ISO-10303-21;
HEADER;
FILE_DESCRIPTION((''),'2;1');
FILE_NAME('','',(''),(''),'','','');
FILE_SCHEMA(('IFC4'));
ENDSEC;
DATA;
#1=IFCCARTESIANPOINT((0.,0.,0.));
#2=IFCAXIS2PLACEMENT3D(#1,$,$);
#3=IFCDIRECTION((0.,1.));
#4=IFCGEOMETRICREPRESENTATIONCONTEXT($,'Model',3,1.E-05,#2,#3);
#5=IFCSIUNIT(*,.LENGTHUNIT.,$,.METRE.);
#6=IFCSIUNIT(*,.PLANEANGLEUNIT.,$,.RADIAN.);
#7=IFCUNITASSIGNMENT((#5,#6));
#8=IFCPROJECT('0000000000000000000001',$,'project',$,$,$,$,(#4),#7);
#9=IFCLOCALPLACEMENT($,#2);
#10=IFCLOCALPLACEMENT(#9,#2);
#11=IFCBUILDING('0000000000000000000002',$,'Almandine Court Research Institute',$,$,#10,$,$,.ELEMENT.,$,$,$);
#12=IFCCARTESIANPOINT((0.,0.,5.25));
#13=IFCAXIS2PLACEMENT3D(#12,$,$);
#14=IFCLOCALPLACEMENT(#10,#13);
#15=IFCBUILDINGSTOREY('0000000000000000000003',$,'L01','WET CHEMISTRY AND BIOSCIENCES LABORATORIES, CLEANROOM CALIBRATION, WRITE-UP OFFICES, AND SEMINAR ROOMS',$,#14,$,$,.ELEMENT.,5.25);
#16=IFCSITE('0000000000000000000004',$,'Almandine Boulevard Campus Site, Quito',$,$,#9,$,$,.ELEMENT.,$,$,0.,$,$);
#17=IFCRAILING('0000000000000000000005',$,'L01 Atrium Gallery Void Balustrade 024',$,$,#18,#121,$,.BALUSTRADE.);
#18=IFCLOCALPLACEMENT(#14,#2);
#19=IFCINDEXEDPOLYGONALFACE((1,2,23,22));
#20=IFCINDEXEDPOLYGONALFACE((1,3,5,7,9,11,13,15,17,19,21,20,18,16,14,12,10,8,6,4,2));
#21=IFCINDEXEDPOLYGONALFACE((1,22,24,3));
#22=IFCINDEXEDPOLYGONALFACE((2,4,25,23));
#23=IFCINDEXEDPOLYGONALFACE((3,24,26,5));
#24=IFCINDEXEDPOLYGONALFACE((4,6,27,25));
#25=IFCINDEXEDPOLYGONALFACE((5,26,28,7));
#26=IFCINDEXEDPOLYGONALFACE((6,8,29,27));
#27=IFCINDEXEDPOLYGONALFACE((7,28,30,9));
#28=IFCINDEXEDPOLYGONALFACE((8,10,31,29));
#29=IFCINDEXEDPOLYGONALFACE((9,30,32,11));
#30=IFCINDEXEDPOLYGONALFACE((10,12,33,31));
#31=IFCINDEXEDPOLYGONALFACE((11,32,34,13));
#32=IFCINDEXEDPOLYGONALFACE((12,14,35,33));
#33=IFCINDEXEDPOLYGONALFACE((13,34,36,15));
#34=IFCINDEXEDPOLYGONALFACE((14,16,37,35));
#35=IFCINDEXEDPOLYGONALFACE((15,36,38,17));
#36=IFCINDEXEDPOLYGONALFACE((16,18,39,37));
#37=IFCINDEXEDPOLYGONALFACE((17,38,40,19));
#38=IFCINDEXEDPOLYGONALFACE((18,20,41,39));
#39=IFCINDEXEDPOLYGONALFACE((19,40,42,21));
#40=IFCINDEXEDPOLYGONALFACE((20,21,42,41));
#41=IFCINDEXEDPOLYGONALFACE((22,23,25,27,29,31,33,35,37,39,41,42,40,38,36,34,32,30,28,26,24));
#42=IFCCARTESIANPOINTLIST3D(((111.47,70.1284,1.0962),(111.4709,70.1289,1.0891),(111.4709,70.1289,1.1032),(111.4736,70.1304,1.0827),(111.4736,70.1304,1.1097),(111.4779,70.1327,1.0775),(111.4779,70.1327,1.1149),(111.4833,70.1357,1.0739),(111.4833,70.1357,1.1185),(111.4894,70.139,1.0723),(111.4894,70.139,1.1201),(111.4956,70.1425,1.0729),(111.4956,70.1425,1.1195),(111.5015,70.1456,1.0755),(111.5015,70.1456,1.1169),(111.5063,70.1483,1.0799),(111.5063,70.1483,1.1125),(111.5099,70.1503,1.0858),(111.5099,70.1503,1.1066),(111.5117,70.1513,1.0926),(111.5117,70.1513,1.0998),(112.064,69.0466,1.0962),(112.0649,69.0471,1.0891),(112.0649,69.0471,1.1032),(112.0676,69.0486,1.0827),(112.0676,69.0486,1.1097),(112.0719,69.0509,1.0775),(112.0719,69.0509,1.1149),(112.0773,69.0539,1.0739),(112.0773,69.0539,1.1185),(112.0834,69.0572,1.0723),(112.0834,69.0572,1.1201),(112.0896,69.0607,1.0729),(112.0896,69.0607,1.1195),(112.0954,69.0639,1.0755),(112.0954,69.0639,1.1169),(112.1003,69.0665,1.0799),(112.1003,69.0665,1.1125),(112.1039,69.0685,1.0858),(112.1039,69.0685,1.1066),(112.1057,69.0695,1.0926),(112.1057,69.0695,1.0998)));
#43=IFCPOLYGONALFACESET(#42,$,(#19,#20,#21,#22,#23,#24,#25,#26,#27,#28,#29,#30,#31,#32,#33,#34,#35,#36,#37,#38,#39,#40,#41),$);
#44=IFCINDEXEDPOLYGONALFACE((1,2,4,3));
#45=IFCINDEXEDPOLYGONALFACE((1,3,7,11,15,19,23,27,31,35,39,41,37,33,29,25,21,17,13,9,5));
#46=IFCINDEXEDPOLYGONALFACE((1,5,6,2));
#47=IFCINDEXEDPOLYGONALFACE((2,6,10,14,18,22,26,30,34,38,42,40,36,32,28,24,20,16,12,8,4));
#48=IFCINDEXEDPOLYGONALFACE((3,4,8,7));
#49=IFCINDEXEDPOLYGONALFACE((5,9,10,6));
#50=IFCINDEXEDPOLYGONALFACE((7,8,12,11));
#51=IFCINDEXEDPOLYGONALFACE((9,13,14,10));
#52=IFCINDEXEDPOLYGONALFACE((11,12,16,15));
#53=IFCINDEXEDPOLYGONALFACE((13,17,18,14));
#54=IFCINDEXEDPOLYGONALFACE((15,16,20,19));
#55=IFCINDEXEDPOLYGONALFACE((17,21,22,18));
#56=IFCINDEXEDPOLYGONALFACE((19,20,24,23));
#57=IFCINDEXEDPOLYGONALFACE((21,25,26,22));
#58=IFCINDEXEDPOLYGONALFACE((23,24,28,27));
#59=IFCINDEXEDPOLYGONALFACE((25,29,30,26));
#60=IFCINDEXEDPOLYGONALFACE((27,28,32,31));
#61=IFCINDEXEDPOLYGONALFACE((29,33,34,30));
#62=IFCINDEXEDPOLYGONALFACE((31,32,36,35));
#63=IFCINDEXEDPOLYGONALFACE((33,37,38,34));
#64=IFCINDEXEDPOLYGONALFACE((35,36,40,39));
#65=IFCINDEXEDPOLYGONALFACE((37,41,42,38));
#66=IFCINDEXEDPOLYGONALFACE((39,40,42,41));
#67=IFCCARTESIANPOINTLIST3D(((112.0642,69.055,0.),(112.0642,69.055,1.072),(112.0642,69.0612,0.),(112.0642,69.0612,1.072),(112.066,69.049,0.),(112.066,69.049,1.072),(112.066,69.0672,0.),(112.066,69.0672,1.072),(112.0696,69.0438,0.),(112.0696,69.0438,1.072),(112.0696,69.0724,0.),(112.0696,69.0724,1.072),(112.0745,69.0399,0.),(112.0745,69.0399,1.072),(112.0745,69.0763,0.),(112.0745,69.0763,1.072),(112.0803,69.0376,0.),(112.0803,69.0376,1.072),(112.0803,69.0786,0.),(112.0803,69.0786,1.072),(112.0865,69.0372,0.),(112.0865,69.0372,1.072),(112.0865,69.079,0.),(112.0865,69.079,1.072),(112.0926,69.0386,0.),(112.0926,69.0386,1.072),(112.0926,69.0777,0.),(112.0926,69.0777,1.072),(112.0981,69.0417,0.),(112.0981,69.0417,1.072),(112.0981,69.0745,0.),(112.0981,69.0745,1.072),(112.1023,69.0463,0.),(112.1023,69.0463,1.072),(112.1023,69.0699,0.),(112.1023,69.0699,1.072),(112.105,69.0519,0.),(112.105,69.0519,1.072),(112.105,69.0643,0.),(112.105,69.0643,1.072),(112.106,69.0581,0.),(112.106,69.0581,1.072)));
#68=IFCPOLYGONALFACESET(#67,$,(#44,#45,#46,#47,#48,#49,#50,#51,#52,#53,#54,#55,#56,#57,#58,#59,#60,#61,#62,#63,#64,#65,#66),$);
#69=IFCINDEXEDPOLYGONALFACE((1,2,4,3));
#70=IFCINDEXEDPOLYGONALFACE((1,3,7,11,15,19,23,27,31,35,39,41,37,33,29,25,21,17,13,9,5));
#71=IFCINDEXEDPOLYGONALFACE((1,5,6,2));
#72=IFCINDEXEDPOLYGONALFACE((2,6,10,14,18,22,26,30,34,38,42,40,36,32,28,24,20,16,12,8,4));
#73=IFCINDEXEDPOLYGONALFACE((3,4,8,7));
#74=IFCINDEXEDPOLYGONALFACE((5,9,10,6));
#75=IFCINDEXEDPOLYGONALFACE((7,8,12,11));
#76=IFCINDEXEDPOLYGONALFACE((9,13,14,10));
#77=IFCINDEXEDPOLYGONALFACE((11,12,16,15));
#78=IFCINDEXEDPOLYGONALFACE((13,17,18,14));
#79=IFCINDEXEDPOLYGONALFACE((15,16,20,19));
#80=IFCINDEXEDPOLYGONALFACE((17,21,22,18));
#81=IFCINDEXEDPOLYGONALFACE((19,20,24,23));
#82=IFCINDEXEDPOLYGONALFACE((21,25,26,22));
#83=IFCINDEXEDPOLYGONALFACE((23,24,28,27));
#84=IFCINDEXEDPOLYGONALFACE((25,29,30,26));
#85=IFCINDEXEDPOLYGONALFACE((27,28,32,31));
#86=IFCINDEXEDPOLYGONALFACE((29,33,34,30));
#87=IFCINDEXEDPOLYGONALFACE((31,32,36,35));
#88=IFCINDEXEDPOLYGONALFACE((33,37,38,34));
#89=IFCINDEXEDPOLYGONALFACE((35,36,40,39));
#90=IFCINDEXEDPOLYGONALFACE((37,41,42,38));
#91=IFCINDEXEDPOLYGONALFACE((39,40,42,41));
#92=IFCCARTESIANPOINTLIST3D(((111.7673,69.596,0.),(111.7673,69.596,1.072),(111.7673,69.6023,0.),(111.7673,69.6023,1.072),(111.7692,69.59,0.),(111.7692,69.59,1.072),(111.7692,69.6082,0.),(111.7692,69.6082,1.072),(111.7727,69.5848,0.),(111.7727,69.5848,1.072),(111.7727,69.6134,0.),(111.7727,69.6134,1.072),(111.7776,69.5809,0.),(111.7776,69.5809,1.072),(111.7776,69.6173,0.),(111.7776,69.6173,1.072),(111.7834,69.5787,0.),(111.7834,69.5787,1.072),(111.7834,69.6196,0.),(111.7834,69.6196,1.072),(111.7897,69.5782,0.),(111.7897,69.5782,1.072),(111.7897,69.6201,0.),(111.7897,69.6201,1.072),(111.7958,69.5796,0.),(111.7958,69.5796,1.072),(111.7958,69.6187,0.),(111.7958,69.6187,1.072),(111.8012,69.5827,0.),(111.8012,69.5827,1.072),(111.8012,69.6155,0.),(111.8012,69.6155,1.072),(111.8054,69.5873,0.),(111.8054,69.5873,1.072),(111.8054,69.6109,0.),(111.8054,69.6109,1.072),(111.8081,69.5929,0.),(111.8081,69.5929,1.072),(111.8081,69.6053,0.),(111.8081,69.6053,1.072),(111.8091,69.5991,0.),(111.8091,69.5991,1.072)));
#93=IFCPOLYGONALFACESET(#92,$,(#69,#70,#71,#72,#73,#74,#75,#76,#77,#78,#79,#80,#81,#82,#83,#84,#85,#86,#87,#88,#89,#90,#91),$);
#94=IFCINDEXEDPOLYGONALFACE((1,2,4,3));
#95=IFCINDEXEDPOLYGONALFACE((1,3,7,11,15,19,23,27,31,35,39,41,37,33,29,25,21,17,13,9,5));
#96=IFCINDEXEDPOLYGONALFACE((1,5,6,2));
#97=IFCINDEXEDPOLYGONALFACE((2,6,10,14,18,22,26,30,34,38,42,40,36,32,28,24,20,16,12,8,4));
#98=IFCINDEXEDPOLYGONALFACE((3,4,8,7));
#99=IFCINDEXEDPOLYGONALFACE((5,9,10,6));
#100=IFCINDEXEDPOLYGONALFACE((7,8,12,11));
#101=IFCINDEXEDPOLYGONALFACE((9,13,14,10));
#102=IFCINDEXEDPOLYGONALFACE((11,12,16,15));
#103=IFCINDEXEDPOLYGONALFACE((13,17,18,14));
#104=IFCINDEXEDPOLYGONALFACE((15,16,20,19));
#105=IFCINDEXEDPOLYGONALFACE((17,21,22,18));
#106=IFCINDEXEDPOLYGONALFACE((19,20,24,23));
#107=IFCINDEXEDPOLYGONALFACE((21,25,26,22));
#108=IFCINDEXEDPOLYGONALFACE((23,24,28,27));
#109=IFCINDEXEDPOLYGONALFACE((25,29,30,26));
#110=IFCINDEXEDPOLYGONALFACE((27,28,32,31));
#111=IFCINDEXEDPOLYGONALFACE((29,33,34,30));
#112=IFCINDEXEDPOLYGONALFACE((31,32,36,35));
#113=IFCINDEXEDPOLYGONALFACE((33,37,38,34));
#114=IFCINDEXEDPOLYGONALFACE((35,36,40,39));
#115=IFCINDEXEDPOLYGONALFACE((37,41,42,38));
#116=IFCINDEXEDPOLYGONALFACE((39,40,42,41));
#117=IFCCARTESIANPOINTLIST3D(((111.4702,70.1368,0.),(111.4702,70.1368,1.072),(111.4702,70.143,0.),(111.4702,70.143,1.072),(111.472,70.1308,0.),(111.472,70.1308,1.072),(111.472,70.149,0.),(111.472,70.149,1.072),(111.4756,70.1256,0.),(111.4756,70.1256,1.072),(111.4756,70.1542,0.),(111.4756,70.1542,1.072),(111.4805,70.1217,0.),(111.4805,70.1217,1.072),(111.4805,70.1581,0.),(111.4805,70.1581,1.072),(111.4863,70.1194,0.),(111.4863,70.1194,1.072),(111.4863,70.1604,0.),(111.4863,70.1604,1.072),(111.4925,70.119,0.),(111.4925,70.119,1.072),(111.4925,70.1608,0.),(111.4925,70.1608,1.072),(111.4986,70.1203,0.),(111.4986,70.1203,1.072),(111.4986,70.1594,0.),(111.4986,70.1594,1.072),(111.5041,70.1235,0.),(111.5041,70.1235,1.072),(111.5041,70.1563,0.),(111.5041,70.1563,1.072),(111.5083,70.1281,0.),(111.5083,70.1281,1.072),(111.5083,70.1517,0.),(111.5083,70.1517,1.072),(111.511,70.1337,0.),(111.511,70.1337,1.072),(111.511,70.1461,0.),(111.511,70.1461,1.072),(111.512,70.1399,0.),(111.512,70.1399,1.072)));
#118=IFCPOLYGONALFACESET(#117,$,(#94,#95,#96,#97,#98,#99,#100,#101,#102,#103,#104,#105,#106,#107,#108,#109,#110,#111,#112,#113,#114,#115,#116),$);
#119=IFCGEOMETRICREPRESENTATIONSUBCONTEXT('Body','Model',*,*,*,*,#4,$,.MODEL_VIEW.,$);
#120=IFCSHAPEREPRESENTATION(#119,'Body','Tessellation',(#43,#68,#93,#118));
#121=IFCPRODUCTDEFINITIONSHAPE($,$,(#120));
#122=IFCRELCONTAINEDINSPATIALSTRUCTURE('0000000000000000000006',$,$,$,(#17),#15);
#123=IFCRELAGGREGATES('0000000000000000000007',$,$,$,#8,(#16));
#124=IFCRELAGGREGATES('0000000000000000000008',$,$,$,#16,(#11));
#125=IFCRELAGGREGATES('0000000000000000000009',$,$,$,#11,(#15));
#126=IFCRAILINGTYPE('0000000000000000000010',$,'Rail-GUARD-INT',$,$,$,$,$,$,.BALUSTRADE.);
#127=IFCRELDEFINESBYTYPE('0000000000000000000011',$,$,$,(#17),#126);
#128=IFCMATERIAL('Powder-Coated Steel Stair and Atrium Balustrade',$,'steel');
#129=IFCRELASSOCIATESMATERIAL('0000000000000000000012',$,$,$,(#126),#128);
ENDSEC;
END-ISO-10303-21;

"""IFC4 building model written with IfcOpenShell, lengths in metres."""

from ifc_helpers import new_model, si_unit, direction, frame, origin, origin_2d, place, context, subcontext, project, spatial, circle, extrude, material, type_object, element, save


model = new_model("IFC4")

# Units and contexts
model_context = context("Model", 3, precision=1e-05, world=origin(), true_north=direction((0.0, 1.0)))
body_context = subcontext(model_context, "Body", "Model", "MODEL_VIEW")
ifc_project = project(units=[si_unit("LENGTHUNIT", "METRE"), si_unit("PLANEANGLEUNIT", "RADIAN")], contexts=[model_context])

# Site, building, storey
site_placement = place(None, origin())
site = spatial("IfcSite", under=ifc_project, at=site_placement, Name="Almandine Boulevard Campus Site, Quito", CompositionType="ELEMENT", RefElevation=0.0)
building_placement = place(site_placement, origin())
building = spatial("IfcBuilding", under=site, at=building_placement, Name="Almandine Court Research Institute", CompositionType="ELEMENT")
storey_placement = place(building_placement, frame((0.0, 0.0, 5.25)))
storey = spatial("IfcBuildingStorey", under=building, at=storey_placement, Name="L01", Description="WET CHEMISTRY AND BIOSCIENCES LABORATORIES, CLEANROOM CALIBRATION, WRITE-UP OFFICES, AND SEMINAR ROOMS", CompositionType="ELEMENT", Elevation=5.25)

# Railing
ifc_material_1 = material(Name="Powder-Coated Steel Stair and Atrium Balustrade", Category="steel")
railing_type = type_object("IfcRailingType", Name="Rail-GUARD-INT", PredefinedType="BALUSTRADE", material=ifc_material_1)
railing_1_placement = place(storey_placement, frame((112.085, 69.0581, 0.0)))
element("IfcRailing", 1, at=railing_1_placement, inside=storey, type_object=railing_type, Name="L01 Atrium Gallery Void Balustrade 024", PredefinedType="BALUSTRADE", context=body_context, shape_type="SweptSolid", body=[
    extrude(circle(Radius=0.0239, at=origin_2d()), frame((0.0, 0.0, 1.0962), z_axis=(-0.481304, 0.876554, 0.0), x_axis=(-0.876554, -0.481304, 0.0)), (0.0, 0.0, 1.0), 1.2341),
    extrude(circle(Radius=0.021, at=origin_2d()), origin(), (0.0, 0.0, 1.0), 1.072),
    extrude(circle(Radius=0.021, at=origin_2d()), frame((-0.2969, 0.541, 0.0)), (0.0, 0.0, 1.0), 1.072),
    extrude(circle(Radius=0.021, at=origin_2d()), frame((-0.594, 1.0818, 0.0)), (0.0, 0.0, 1.0), 1.072),
])

save(model, "model.ifc")
